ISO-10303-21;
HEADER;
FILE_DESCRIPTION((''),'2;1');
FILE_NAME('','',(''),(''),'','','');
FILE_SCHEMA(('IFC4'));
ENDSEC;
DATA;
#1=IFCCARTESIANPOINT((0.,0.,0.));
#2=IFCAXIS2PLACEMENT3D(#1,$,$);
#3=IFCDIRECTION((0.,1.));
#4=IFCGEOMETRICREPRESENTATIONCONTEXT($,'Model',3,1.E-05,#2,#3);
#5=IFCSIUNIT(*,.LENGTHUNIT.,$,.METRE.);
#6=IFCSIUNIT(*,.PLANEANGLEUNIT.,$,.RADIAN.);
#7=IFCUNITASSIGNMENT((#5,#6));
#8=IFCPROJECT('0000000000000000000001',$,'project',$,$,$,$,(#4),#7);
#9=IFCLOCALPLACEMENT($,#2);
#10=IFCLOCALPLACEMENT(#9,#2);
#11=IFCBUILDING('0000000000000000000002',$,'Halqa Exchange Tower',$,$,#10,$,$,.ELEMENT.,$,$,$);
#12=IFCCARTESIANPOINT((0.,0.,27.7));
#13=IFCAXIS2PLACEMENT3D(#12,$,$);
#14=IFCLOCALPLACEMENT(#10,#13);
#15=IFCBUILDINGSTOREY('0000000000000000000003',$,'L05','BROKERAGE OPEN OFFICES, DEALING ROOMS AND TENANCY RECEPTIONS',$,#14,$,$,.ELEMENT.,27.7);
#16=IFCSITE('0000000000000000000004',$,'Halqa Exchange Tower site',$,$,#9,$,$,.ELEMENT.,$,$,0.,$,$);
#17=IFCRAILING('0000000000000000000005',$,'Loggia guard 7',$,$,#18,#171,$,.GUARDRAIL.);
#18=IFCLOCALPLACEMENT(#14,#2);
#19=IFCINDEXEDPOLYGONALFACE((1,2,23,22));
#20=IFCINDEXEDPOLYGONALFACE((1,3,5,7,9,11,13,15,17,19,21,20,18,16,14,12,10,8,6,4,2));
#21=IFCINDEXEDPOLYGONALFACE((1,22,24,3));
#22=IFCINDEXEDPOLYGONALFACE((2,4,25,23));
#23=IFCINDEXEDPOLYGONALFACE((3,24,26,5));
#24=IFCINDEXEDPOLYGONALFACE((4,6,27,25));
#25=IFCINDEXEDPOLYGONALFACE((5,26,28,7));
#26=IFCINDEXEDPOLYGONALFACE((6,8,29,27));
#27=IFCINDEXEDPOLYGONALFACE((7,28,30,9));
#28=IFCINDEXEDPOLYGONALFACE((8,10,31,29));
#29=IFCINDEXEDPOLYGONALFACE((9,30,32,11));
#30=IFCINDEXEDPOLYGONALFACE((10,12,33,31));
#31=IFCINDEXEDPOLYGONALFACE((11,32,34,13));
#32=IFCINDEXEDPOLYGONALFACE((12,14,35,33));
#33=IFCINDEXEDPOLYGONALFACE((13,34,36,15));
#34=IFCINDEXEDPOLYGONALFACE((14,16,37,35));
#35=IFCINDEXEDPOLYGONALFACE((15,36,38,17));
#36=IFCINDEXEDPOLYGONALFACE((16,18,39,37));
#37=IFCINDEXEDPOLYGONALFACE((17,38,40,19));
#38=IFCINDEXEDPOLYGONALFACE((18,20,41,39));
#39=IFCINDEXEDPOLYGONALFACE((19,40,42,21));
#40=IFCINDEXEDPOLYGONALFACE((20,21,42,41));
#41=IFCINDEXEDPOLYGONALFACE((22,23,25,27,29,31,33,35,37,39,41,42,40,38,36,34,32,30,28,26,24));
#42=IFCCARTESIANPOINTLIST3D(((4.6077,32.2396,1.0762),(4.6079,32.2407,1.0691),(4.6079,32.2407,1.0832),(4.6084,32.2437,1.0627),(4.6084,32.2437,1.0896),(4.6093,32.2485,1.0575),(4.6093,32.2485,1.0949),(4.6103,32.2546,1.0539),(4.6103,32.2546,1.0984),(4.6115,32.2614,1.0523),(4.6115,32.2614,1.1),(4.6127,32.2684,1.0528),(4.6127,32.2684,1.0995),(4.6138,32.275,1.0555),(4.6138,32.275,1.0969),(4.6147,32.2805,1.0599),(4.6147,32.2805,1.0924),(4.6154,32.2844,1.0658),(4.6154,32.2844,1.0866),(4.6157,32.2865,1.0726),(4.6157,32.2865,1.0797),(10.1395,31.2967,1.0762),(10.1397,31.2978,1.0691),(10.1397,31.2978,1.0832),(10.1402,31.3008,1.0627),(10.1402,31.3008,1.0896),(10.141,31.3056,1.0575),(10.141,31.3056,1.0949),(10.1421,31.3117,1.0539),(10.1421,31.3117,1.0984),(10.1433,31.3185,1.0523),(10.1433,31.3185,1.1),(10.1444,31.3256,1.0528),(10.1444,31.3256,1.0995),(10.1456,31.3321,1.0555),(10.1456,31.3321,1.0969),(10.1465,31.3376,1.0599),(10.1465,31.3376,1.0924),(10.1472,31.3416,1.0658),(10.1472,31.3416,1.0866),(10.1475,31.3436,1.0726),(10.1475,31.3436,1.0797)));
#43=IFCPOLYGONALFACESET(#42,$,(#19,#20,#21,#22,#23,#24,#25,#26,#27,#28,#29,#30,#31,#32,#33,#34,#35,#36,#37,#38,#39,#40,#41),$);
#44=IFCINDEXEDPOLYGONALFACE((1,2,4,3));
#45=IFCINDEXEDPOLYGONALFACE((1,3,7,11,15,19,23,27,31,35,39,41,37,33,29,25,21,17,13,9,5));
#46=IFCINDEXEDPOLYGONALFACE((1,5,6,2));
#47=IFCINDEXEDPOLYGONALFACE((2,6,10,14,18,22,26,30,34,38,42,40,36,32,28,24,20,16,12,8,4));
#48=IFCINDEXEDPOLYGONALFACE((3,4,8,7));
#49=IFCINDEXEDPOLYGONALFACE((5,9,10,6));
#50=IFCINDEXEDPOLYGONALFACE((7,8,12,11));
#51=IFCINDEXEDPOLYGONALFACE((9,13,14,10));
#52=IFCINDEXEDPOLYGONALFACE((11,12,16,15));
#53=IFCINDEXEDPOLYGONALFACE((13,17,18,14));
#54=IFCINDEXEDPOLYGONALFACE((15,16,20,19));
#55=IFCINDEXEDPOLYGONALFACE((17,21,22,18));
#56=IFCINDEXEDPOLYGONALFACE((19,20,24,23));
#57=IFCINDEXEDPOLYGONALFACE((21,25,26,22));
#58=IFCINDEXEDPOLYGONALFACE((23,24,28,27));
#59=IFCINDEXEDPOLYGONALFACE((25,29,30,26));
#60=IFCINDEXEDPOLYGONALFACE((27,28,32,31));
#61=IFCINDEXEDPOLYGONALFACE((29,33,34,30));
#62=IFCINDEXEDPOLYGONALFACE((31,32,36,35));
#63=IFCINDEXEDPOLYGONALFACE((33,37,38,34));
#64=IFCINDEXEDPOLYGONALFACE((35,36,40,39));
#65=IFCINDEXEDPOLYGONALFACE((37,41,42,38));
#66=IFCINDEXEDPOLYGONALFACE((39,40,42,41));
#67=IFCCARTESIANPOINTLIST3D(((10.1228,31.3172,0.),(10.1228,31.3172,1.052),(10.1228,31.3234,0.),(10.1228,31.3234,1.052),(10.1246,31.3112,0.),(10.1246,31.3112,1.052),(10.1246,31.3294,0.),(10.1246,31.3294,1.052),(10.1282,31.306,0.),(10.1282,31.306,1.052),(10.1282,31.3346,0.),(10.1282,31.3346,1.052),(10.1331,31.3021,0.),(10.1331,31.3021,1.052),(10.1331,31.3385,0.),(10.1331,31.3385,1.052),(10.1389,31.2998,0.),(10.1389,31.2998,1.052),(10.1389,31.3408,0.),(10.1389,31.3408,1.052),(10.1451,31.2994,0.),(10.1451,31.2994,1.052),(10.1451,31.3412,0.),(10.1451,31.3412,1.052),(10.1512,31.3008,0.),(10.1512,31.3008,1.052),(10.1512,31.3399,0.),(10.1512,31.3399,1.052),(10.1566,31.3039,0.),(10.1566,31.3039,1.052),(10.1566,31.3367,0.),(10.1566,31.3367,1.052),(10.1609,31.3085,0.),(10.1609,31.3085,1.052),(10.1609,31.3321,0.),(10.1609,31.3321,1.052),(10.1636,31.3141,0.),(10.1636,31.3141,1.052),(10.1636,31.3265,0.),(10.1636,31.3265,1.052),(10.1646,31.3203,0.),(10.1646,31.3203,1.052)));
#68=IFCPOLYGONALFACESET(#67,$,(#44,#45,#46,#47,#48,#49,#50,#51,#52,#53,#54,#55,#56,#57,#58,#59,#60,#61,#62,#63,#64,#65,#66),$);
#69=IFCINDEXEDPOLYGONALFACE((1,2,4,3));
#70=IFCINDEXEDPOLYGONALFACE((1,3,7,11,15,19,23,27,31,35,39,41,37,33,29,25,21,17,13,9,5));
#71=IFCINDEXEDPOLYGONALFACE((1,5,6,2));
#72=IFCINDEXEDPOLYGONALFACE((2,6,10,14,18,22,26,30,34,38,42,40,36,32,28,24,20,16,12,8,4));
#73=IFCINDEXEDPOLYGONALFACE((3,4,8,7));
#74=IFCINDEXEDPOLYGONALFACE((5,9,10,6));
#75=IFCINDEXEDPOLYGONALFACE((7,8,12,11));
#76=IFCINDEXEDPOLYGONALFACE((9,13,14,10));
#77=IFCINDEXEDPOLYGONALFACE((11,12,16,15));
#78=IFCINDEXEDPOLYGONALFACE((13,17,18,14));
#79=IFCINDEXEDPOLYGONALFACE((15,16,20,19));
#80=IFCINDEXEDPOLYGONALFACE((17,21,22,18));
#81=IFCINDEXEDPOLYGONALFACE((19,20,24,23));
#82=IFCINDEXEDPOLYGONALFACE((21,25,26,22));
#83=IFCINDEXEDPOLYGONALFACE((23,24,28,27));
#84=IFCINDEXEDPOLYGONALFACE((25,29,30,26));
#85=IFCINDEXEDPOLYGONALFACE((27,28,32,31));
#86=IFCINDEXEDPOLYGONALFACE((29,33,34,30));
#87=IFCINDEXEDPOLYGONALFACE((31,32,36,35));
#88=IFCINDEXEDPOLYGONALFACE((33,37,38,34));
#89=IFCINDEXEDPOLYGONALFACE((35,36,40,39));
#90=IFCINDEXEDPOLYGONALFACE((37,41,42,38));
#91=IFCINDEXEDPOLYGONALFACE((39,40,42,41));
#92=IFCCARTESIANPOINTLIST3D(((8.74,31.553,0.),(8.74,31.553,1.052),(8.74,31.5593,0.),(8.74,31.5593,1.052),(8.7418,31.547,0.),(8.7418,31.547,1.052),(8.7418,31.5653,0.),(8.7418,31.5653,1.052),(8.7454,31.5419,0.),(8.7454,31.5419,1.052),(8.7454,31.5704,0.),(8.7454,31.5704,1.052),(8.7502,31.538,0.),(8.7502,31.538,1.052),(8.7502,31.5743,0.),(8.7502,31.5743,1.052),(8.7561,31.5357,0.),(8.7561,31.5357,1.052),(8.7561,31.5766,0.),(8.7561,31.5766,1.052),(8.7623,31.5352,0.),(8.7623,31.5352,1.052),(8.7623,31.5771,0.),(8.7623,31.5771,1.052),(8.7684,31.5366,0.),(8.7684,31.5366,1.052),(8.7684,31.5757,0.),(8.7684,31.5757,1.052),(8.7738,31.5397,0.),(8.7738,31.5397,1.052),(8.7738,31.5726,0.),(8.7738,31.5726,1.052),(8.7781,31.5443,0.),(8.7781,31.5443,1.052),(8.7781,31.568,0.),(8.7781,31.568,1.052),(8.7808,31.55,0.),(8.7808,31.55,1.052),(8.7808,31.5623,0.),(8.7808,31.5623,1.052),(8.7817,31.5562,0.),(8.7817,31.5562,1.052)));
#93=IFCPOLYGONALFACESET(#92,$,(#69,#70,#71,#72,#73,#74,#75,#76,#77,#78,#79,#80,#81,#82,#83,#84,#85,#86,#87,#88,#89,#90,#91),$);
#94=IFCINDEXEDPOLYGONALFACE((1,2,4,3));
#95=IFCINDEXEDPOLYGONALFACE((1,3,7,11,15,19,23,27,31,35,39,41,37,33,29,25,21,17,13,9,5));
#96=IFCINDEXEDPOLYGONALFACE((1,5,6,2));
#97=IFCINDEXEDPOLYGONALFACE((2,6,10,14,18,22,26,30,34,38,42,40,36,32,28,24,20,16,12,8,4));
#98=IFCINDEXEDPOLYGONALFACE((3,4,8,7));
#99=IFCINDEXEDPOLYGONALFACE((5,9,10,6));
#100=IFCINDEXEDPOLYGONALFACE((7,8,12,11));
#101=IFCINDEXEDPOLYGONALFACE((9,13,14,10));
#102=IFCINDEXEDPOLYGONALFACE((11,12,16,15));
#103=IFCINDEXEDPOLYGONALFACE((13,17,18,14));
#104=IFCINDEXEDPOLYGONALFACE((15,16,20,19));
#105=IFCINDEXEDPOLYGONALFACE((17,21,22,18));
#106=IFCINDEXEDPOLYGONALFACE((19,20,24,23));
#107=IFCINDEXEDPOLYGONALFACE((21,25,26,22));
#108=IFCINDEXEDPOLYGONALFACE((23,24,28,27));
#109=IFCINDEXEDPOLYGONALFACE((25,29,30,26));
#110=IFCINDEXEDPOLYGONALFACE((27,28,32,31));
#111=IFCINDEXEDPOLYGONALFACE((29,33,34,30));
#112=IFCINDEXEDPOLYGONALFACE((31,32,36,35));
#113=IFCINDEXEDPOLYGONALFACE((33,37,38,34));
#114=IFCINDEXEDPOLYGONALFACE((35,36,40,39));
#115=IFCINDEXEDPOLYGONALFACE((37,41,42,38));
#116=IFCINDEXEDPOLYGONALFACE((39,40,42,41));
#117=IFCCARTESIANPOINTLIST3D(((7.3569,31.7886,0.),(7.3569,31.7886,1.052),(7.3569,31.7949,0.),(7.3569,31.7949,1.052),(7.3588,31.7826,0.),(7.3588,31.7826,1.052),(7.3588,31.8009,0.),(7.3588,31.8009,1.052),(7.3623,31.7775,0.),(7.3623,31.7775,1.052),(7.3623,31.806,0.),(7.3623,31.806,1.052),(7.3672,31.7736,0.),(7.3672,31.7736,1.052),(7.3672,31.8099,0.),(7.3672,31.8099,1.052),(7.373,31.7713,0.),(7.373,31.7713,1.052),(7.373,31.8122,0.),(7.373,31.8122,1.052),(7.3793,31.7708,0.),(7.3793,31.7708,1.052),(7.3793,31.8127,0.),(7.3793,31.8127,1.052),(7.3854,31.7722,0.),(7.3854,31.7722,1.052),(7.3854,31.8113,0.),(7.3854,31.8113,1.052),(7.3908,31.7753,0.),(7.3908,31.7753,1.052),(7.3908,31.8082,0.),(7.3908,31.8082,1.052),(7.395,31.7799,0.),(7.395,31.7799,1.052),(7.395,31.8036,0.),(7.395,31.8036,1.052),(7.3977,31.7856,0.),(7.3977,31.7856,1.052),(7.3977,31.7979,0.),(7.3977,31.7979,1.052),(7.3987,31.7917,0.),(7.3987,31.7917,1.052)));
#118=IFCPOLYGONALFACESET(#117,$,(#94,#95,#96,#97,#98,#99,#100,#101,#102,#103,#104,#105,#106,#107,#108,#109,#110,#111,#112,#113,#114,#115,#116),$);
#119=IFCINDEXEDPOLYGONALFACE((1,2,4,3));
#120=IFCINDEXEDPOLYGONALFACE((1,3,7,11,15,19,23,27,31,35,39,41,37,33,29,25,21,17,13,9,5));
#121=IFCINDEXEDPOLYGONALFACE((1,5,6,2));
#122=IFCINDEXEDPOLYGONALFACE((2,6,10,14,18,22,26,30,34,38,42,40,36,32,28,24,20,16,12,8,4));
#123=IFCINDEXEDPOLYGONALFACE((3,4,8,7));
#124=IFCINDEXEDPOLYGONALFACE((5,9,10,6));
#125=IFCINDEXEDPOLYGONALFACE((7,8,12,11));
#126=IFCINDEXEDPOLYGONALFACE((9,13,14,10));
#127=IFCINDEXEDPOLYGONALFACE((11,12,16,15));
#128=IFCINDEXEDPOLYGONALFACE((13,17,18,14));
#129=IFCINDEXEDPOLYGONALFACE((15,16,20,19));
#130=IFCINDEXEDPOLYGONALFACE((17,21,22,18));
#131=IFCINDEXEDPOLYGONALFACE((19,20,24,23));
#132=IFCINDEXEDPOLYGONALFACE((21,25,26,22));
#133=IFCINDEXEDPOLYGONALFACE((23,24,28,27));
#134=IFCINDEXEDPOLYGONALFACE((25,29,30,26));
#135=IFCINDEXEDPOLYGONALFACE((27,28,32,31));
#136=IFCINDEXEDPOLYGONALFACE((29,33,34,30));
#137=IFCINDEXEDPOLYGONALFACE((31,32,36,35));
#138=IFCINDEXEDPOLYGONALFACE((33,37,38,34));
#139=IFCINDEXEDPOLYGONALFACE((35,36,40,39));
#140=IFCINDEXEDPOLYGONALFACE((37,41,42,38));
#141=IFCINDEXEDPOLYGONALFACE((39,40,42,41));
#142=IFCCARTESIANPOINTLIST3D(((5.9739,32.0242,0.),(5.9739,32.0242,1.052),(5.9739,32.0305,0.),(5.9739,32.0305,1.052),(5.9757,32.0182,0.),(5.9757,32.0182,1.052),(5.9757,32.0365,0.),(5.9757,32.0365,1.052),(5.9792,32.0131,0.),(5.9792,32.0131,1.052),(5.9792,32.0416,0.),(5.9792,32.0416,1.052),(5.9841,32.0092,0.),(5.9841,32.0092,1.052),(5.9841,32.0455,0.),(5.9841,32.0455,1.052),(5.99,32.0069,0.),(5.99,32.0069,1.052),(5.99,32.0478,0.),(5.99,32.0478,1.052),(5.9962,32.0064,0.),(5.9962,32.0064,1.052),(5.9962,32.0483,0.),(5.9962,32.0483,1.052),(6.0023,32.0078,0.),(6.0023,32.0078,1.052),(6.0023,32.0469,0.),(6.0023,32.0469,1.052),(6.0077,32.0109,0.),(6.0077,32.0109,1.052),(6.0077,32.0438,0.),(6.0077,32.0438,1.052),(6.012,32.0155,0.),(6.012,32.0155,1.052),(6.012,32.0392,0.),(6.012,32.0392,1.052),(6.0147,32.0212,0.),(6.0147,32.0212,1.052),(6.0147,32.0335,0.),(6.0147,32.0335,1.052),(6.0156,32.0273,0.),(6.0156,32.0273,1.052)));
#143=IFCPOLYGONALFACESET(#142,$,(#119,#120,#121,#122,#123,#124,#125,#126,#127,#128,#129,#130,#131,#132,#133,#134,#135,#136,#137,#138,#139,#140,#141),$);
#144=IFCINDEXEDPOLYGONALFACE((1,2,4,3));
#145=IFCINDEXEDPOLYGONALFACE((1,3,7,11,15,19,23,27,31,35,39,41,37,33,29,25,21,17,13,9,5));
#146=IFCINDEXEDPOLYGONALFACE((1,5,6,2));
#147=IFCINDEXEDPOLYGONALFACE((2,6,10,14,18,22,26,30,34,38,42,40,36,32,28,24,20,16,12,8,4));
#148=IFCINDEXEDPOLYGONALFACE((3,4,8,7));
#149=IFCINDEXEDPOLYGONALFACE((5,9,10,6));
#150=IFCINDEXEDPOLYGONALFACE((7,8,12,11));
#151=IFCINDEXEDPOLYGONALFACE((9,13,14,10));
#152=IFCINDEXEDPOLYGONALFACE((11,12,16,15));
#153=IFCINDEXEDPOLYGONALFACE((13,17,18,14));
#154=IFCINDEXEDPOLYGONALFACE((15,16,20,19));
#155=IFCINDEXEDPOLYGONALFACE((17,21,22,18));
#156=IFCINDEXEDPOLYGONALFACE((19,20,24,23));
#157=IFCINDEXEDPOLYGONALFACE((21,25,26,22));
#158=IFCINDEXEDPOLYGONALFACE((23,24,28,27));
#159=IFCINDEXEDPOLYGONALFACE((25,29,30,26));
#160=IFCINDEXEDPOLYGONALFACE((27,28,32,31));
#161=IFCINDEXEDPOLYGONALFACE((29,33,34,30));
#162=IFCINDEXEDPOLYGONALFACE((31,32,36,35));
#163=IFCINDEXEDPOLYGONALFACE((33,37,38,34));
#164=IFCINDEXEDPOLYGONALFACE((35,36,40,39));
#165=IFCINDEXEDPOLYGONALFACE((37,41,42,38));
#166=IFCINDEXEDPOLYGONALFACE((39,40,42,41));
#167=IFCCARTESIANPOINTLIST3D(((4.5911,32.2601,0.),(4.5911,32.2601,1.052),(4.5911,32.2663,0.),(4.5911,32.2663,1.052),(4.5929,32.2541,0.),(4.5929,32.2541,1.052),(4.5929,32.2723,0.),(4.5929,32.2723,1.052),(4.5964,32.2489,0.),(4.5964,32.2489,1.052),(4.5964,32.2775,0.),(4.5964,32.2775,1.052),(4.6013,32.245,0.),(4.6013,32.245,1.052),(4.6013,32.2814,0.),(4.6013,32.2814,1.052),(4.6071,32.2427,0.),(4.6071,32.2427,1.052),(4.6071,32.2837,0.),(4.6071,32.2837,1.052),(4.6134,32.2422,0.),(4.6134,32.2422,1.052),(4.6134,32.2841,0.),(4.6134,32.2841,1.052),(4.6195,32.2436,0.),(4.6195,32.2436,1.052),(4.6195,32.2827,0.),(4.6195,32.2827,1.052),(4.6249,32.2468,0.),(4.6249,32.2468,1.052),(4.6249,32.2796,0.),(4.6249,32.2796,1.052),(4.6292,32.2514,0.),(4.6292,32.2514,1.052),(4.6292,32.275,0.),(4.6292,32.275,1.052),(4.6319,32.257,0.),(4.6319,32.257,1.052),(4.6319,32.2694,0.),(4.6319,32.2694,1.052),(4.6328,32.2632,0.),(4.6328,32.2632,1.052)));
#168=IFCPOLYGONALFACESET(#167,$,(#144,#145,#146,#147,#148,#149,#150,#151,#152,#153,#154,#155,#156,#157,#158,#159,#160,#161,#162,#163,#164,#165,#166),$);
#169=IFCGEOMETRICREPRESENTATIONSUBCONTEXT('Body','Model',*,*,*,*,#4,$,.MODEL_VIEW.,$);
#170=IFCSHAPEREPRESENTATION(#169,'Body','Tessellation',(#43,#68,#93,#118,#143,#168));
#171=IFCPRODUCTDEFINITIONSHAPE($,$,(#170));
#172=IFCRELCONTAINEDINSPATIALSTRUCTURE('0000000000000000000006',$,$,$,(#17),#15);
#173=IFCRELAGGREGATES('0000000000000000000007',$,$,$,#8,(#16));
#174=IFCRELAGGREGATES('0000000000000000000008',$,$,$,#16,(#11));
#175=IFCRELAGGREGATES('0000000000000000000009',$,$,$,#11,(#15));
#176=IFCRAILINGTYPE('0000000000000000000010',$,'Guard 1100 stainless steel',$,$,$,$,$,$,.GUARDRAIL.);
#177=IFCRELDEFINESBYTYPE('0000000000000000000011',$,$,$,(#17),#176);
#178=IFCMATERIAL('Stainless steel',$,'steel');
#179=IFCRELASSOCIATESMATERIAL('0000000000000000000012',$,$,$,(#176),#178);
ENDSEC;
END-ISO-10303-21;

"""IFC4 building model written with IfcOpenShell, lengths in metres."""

from ifc_helpers import new_model, si_unit, direction, frame, origin, origin_2d, place, context, subcontext, project, spatial, circle, extrude, material, type_object, element, save


model = new_model("IFC4")

# Units and contexts
model_context = context("Model", 3, precision=1e-05, world=origin(), true_north=direction((0.0, 1.0)))
body_context = subcontext(model_context, "Body", "Model", "MODEL_VIEW")
ifc_project = project(units=[si_unit("LENGTHUNIT", "METRE"), si_unit("PLANEANGLEUNIT", "RADIAN")], contexts=[model_context])

# Site, building, storey
site_placement = place(None, origin())
site = spatial("IfcSite", under=ifc_project, at=site_placement, Name="Halqa Exchange Tower site", CompositionType="ELEMENT", RefElevation=0.0)
building_placement = place(site_placement, origin())
building = spatial("IfcBuilding", under=site, at=building_placement, Name="Halqa Exchange Tower", CompositionType="ELEMENT")
storey_placement = place(building_placement, frame((0.0, 0.0, 27.7)))
storey = spatial("IfcBuildingStorey", under=building, at=storey_placement, Name="L05", Description="BROKERAGE OPEN OFFICES, DEALING ROOMS AND TENANCY RECEPTIONS", CompositionType="ELEMENT", Elevation=27.7)

# Railing
ifc_material_1 = material(Name="Stainless steel", Category="steel")
railing_type_1 = type_object("IfcRailingType", Name="Guard 1100 stainless steel", PredefinedType="GUARDRAIL", material=ifc_material_1)
railing_1_placement = place(storey_placement, frame((10.1436, 31.3203, 0.0)))
element("IfcRailing", 1, at=railing_1_placement, inside=storey, type_object=railing_type_1, Name="Loggia guard 7", PredefinedType="GUARDRAIL", context=body_context, shape_type="SweptSolid", body=[
    extrude(circle(Radius=0.0239, at=origin_2d()), frame((0.0, 0.0, 1.0762), z_axis=(-0.985783, 0.168024, 0.0), x_axis=(-0.168024, -0.985783, 0.0)), (0.0, 0.0, 1.0), 5.6116),
    extrude(circle(Radius=0.021, at=origin_2d()), origin(), (0.0, 0.0, 1.0), 1.052),
    extrude(circle(Radius=0.021, at=origin_2d()), frame((-1.3828, 0.2358, 0.0)), (0.0, 0.0, 1.0), 1.052),
    extrude(circle(Radius=0.021, at=origin_2d()), frame((-2.7659, 0.4714, 0.0)), (0.0, 0.0, 1.0), 1.052),
    extrude(circle(Radius=0.021, at=origin_2d()), frame((-4.1489, 0.707, 0.0)), (0.0, 0.0, 1.0), 1.052),
    extrude(circle(Radius=0.021, at=origin_2d()), frame((-5.5317, 0.9429, 0.0)), (0.0, 0.0, 1.0), 1.052),
])

save(model, "model.ifc")
